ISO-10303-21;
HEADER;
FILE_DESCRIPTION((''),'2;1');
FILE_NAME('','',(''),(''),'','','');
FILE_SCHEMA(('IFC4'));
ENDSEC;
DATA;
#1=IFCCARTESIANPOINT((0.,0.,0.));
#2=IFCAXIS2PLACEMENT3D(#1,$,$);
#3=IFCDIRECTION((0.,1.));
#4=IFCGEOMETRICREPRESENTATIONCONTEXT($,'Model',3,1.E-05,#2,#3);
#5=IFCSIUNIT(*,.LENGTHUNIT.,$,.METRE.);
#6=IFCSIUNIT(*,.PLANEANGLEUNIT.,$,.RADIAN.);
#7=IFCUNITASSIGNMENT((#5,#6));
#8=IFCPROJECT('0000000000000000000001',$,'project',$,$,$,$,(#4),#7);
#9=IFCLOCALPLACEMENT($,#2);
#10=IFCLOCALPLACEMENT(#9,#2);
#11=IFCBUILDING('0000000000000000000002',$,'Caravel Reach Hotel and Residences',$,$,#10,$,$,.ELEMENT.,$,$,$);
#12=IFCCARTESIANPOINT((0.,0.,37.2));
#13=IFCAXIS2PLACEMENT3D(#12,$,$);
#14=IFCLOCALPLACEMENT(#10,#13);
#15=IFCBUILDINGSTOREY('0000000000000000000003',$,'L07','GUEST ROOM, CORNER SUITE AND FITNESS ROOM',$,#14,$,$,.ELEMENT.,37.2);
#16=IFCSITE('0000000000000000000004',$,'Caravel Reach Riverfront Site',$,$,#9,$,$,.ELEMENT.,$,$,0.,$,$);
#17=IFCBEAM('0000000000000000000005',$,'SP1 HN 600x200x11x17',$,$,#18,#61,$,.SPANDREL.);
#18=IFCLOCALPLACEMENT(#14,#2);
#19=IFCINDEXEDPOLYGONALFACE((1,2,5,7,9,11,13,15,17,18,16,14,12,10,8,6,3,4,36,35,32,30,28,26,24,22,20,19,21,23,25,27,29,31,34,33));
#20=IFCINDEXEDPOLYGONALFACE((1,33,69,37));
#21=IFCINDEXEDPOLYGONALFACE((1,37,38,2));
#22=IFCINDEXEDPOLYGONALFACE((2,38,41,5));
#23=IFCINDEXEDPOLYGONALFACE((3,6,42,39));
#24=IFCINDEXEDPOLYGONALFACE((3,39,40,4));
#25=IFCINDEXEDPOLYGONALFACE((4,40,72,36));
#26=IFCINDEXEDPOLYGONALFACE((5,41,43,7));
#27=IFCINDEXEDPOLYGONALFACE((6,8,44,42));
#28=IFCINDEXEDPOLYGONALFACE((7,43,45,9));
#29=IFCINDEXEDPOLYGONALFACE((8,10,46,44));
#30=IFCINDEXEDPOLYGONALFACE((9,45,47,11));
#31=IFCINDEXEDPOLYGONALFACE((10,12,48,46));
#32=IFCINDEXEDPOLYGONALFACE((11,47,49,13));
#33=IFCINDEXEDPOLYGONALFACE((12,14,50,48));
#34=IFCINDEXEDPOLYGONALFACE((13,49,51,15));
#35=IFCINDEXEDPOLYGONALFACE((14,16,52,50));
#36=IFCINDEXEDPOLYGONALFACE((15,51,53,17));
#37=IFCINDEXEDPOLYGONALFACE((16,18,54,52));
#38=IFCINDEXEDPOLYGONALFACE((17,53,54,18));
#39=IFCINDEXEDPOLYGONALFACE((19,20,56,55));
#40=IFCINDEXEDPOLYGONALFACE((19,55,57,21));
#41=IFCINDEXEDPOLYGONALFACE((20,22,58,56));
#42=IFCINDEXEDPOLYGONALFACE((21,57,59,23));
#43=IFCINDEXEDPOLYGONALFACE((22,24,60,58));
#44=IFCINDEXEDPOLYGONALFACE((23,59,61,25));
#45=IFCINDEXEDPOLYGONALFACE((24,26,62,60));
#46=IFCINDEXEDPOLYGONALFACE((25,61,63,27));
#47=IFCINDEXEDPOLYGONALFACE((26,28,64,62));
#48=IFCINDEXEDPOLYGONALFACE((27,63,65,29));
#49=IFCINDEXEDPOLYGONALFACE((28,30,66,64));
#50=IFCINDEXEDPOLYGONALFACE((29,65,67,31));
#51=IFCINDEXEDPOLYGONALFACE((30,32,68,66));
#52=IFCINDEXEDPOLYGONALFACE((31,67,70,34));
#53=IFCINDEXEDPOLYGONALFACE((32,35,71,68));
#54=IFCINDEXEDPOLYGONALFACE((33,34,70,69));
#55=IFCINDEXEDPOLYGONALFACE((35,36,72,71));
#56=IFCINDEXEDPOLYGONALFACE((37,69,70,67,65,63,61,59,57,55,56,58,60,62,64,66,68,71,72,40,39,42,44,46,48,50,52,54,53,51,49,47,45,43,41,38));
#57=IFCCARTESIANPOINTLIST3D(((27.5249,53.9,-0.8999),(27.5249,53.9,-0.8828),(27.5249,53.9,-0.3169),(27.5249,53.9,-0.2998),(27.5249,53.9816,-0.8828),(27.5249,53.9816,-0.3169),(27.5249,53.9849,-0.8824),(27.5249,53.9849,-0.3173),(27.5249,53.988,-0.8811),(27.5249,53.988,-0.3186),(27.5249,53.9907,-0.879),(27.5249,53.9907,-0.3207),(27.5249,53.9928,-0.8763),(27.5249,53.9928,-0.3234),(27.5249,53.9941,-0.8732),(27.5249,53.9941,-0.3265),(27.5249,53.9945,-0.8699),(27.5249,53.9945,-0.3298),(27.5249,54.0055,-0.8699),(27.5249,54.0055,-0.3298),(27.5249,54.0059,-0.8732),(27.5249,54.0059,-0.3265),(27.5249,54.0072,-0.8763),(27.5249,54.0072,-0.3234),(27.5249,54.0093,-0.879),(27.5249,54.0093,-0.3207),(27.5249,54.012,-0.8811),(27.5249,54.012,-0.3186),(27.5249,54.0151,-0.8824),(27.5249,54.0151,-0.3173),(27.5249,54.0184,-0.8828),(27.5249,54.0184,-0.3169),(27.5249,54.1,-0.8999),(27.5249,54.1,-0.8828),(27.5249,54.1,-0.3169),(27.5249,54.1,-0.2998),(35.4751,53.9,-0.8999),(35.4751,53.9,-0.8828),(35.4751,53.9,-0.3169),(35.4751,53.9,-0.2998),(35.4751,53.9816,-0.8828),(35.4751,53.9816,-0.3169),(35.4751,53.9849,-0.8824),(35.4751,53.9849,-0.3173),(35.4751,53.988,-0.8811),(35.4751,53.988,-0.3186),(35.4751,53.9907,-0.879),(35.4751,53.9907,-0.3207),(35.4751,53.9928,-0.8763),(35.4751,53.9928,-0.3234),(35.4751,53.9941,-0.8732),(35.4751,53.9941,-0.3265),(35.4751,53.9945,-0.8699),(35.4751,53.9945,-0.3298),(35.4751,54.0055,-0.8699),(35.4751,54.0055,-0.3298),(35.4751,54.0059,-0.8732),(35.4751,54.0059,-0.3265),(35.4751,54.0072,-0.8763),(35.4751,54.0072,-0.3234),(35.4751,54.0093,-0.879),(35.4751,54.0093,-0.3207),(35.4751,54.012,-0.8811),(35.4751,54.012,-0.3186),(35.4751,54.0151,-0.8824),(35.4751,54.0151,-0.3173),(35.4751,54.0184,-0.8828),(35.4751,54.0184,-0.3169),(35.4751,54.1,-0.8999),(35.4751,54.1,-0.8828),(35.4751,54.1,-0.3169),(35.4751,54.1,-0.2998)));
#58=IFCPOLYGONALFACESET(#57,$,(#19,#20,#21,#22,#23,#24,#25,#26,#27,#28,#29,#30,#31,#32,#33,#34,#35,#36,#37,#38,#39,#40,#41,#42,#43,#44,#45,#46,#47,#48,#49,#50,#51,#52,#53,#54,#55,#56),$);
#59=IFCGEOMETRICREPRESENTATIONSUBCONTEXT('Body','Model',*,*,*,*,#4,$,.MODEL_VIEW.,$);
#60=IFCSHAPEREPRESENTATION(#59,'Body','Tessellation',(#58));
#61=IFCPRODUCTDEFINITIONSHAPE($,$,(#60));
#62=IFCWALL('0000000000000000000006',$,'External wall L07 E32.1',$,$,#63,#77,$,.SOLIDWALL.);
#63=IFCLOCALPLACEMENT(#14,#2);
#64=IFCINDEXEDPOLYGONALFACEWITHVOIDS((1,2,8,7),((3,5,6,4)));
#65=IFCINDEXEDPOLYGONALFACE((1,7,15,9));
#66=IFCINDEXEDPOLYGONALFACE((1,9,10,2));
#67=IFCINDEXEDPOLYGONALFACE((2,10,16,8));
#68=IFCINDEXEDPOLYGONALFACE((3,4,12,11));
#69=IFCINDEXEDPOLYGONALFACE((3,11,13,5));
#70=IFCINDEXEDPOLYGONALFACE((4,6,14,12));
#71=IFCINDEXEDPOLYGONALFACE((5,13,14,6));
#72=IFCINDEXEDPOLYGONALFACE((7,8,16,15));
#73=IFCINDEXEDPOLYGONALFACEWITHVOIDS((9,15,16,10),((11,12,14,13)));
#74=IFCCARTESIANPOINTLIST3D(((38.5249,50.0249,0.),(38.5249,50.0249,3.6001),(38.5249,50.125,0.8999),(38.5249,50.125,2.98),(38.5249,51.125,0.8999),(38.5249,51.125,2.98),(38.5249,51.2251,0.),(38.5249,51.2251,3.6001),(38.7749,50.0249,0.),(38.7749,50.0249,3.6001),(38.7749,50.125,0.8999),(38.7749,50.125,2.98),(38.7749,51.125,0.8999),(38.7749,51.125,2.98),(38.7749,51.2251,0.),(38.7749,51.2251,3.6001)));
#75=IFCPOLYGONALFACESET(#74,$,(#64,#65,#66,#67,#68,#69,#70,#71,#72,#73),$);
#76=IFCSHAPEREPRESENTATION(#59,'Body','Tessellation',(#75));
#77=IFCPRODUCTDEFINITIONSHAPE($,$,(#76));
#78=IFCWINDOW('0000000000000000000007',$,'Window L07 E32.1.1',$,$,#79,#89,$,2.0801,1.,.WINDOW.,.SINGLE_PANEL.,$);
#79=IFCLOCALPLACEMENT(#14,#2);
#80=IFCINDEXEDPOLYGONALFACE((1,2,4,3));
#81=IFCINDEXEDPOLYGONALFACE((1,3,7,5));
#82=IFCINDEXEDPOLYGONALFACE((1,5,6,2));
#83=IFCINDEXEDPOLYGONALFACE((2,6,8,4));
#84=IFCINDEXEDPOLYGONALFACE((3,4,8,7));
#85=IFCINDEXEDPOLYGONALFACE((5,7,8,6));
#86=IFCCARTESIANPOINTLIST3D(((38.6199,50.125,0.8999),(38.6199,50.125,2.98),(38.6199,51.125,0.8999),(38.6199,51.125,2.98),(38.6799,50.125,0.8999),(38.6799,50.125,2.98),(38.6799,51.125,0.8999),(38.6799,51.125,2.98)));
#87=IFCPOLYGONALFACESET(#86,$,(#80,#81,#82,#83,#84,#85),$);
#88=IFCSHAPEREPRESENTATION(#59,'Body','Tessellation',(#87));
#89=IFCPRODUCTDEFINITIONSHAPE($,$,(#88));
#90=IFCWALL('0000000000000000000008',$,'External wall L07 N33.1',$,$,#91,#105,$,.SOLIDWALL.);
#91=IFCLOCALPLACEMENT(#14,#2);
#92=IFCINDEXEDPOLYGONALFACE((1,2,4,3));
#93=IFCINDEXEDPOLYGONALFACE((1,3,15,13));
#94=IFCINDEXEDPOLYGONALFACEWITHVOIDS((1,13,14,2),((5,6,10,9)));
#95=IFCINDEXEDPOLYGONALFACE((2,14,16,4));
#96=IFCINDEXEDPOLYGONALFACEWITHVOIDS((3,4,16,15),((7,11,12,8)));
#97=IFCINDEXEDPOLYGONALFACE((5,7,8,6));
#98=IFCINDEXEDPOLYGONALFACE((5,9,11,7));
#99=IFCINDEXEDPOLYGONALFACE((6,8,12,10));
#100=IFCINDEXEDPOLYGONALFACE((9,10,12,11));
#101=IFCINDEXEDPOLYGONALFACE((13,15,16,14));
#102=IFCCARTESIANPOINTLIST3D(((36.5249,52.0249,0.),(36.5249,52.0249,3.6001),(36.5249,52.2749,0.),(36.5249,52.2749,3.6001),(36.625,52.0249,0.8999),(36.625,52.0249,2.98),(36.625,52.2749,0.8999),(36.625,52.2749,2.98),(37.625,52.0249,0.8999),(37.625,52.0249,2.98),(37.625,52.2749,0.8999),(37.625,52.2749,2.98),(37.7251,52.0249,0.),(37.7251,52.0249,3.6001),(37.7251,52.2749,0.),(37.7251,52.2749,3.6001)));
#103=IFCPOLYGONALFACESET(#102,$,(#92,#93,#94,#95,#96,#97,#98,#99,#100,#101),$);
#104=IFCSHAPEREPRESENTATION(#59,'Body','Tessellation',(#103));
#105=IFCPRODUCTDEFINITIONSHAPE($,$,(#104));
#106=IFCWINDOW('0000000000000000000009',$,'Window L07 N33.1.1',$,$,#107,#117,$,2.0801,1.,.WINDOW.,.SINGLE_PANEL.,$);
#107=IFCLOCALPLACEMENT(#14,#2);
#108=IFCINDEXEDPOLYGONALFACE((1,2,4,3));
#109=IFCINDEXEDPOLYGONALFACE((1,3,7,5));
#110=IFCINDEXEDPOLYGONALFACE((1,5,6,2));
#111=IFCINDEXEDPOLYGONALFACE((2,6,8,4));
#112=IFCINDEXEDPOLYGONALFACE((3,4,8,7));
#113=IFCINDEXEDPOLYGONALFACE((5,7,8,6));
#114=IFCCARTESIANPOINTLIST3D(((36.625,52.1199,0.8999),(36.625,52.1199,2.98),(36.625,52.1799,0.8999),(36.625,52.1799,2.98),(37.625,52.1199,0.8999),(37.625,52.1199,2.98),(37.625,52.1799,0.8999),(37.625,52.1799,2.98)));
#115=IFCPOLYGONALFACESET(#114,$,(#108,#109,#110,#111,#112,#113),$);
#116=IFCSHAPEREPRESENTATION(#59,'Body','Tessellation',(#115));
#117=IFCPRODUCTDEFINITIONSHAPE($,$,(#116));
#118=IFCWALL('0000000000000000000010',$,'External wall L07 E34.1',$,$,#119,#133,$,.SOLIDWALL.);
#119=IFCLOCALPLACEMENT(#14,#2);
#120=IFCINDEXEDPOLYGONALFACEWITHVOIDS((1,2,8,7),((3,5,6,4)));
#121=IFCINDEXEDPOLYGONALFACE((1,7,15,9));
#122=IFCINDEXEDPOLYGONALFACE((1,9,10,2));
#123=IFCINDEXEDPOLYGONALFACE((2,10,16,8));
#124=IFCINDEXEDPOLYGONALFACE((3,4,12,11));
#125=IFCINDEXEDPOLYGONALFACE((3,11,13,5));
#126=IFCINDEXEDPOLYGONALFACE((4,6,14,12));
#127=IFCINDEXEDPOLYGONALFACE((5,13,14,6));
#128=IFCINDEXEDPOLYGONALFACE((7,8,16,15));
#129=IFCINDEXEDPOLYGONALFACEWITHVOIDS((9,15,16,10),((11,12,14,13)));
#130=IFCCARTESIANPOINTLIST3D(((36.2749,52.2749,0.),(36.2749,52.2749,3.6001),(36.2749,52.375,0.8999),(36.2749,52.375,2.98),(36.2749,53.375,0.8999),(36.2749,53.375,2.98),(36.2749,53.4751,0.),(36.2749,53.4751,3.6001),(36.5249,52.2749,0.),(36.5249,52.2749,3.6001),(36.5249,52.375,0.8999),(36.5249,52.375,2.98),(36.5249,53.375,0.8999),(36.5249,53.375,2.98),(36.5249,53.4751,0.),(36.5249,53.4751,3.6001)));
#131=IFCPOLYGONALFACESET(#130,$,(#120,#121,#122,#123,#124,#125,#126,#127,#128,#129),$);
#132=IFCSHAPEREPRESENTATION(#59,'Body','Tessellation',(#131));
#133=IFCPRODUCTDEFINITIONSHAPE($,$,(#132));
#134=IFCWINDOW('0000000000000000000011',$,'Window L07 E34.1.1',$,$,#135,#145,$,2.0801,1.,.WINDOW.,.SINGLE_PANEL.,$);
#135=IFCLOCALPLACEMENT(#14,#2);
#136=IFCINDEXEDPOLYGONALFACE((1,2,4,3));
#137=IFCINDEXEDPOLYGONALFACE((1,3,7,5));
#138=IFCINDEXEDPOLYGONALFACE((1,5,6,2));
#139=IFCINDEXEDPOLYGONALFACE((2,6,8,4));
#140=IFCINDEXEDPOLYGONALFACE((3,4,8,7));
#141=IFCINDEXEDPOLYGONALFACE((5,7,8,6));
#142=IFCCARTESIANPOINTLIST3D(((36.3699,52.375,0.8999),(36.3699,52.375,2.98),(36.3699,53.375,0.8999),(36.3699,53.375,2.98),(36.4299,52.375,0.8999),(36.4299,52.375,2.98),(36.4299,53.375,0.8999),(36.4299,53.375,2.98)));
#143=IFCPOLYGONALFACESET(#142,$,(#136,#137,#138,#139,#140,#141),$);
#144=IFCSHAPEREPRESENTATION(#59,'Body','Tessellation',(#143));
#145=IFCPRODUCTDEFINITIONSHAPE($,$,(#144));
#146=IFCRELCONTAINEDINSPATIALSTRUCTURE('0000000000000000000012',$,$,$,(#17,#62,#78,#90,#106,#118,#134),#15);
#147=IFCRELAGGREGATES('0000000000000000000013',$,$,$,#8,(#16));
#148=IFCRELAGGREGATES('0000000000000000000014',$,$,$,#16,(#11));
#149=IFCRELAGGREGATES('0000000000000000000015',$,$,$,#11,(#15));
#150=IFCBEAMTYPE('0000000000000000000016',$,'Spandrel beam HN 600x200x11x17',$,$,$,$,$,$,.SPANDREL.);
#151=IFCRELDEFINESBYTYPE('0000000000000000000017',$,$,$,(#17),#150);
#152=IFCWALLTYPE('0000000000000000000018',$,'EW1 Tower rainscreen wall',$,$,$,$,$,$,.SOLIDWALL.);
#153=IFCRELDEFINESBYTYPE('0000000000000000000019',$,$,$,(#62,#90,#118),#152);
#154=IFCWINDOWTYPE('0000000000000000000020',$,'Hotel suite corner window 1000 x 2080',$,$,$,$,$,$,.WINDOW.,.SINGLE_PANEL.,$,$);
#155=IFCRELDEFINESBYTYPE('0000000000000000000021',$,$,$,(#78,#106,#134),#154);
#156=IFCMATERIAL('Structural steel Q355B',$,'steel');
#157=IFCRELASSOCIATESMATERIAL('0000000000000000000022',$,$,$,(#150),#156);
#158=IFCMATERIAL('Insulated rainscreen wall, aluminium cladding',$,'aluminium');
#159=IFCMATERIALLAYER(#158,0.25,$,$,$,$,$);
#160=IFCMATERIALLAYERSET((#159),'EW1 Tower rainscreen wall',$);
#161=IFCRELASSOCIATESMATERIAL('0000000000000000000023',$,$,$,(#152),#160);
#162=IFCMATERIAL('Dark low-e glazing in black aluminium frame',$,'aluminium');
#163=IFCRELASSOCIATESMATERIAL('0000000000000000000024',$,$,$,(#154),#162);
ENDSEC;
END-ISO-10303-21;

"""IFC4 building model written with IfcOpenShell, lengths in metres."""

from ifc_helpers import new_model, si_unit, direction, frame, frame_2d, origin, origin_2d, place, context, subcontext, project, spatial, rectangle, i_section, extrude, material, layer, layer_set, material_profile, profile_set, type_object, element, fill, save


model = new_model("IFC4")

# Units and contexts
model_context = context("Model", 3, precision=1e-05, world=origin(), true_north=direction((0.0, 1.0)))
body_context = subcontext(model_context, "Body", "Model", "MODEL_VIEW")
ifc_project = project(units=[si_unit("LENGTHUNIT", "METRE"), si_unit("PLANEANGLEUNIT", "RADIAN")], contexts=[model_context])

# Site, building, storey
site_placement = place(None, origin())
site = spatial("IfcSite", under=ifc_project, at=site_placement, Name="Caravel Reach Riverfront Site", CompositionType="ELEMENT", RefElevation=0.0)
building_placement = place(site_placement, origin())
building = spatial("IfcBuilding", under=site, at=building_placement, Name="Caravel Reach Hotel and Residences", CompositionType="ELEMENT")
storey_placement = place(building_placement, frame((0.0, 0.0, 37.2)))
storey = spatial("IfcBuildingStorey", under=building, at=storey_placement, Name="L07", Description="GUEST ROOM, CORNER SUITE AND FITNESS ROOM", CompositionType="ELEMENT", Elevation=37.2)

# Beam
ifc_material_1 = material(Name="Structural steel Q355B", Category="steel")
ifc_material_profile_1 = material_profile(ifc_material_1, i_section(OverallWidth=0.2, OverallDepth=0.6001, WebThickness=0.011, FlangeThickness=0.0171, FilletRadius=0.0129, at=origin_2d()), Name="HN 600x200x11x17")
ifc_profile_set_1 = profile_set([ifc_material_profile_1], Name="Structural steel Q355B")
beam_type = type_object("IfcBeamType", Name="Spandrel beam HN 600x200x11x17", PredefinedType="SPANDREL", material=ifc_profile_set_1)
beam_placement = place(storey_placement, frame((35.4751, 54.0, -0.5999), z_axis=(-1.0, 0.0, 0.0), x_axis=(0.0, -1.0, 0.0)))
element("IfcBeam", 1, at=beam_placement, inside=storey, type_object=beam_type, Name="SP1 HN 600x200x11x17", PredefinedType="SPANDREL", context=body_context, shape_type="SweptSolid", body=[
    extrude(i_section(OverallWidth=0.2, OverallDepth=0.6001, WebThickness=0.011, FlangeThickness=0.0171, FilletRadius=0.0129, at=origin_2d()), origin(), (0.0, 0.0, 1.0), 7.9502),
])

# Walls, openings, windows
ifc_material_2 = material(Name="Insulated rainscreen wall, aluminium cladding", Category="aluminium")
ifc_layer = layer(ifc_material_2, 0.25)
ifc_layer_set = layer_set([ifc_layer], Name="EW1 Tower rainscreen wall")
wall_type = type_object("IfcWallType", Name="EW1 Tower rainscreen wall", PredefinedType="SOLIDWALL", material=ifc_layer_set)
wall_1_placement = place(storey_placement, frame((38.6499, 50.0249, 0.0), z_axis=(0.0, 0.0, 1.0), x_axis=(0.0, 1.0, 0.0)))
wall_1 = element("IfcWall", 2, at=wall_1_placement, inside=storey, type_object=wall_type, Name="External wall L07 E32.1", PredefinedType="SOLIDWALL", context=body_context, shape_type="SweptSolid", body=[
    extrude(rectangle(XDim=1.2002, YDim=0.25, at=frame_2d((0.6001, 0.0))), origin(), (0.0, 0.0, 1.0), 3.6001),
])
opening_1_placement = place(wall_1_placement, frame((0.1001, 0.0, 0.8999)))
opening_1 = element("IfcOpeningElement", 3, at=opening_1_placement, cuts=wall_1, PredefinedType="OPENING", context=body_context, shape_type="SweptSolid", body=[
    extrude(rectangle(XDim=1.0, YDim=2.0801, at=frame_2d((0.5, 1.04))), frame((0.0, 0.135, 0.0), z_axis=(0.0, -1.0, 0.0), x_axis=(1.0, 0.0, 0.0)), (0.0, 0.0, 1.0), 0.27),
])
ifc_material_3 = material(Name="Dark low-e glazing in black aluminium frame", Category="aluminium")
window_type_1 = type_object("IfcWindowType", Name="Hotel suite corner window 1000 x 2080", PartitioningType="SINGLE_PANEL", PredefinedType="WINDOW", material=ifc_material_3)
window_1_placement = place(opening_1_placement, origin())
window_1 = element("IfcWindow", 4, at=window_1_placement, inside=storey, type_object=window_type_1, Name="Window L07 E32.1.1", OverallHeight=2.0801, OverallWidth=1.0, PartitioningType="SINGLE_PANEL", PredefinedType="WINDOW", context=body_context, shape_type="SweptSolid", body=[
    extrude(rectangle(XDim=1.0, YDim=2.0801, at=frame_2d((0.5, 1.04))), frame((0.0, 0.03, 0.0), z_axis=(0.0, -1.0, 0.0), x_axis=(1.0, 0.0, 0.0)), (0.0, 0.0, 1.0), 0.0601),
])
fill(opening_1, window_1)
wall_2_placement = place(storey_placement, frame((37.7251, 52.1499, 0.0), z_axis=(0.0, 0.0, 1.0), x_axis=(-1.0, 0.0, 0.0)))
wall_2 = element("IfcWall", 5, at=wall_2_placement, inside=storey, type_object=wall_type, Name="External wall L07 N33.1", PredefinedType="SOLIDWALL", context=body_context, shape_type="SweptSolid", body=[
    extrude(rectangle(XDim=1.2002, YDim=0.25, at=frame_2d((0.6001, 0.0))), origin(), (0.0, 0.0, 1.0), 3.6001),
])
opening_2_placement = place(wall_2_placement, frame((0.1001, 0.0, 0.8999)))
opening_2 = element("IfcOpeningElement", 6, at=opening_2_placement, cuts=wall_2, PredefinedType="OPENING", context=body_context, shape_type="SweptSolid", body=[
    extrude(rectangle(XDim=1.0, YDim=2.0801, at=frame_2d((0.5, 1.04))), frame((0.0, 0.135, 0.0), z_axis=(0.0, -1.0, 0.0), x_axis=(1.0, 0.0, 0.0)), (0.0, 0.0, 1.0), 0.27),
])
window_2_placement = place(opening_2_placement, origin())
window_2 = element("IfcWindow", 7, at=window_2_placement, inside=storey, type_object=window_type_1, Name="Window L07 N33.1.1", OverallHeight=2.0801, OverallWidth=1.0, PartitioningType="SINGLE_PANEL", PredefinedType="WINDOW", context=body_context, shape_type="SweptSolid", body=[
    extrude(rectangle(XDim=1.0, YDim=2.0801, at=frame_2d((0.5, 1.04))), frame((0.0, 0.03, 0.0), z_axis=(0.0, -1.0, 0.0), x_axis=(1.0, 0.0, 0.0)), (0.0, 0.0, 1.0), 0.0601),
])
fill(opening_2, window_2)
wall_3_placement = place(storey_placement, frame((36.3999, 52.2749, 0.0), z_axis=(0.0, 0.0, 1.0), x_axis=(0.0, 1.0, 0.0)))
wall_3 = element("IfcWall", 8, at=wall_3_placement, inside=storey, type_object=wall_type, Name="External wall L07 E34.1", PredefinedType="SOLIDWALL", context=body_context, shape_type="SweptSolid", body=[
    extrude(rectangle(XDim=1.2002, YDim=0.25, at=frame_2d((0.6001, 0.0))), origin(), (0.0, 0.0, 1.0), 3.6001),
])
opening_3_placement = place(wall_3_placement, frame((0.1001, 0.0, 0.8999)))
opening_3 = element("IfcOpeningElement", 9, at=opening_3_placement, cuts=wall_3, PredefinedType="OPENING", context=body_context, shape_type="SweptSolid", body=[
    extrude(rectangle(XDim=1.0, YDim=2.0801, at=frame_2d((0.5, 1.04))), frame((0.0, 0.135, 0.0), z_axis=(0.0, -1.0, 0.0), x_axis=(1.0, 0.0, 0.0)), (0.0, 0.0, 1.0), 0.27),
])
window_3_placement = place(opening_3_placement, origin())
window_3 = element("IfcWindow", 10, at=window_3_placement, inside=storey, type_object=window_type_1, Name="Window L07 E34.1.1", OverallHeight=2.0801, OverallWidth=1.0, PartitioningType="SINGLE_PANEL", PredefinedType="WINDOW", context=body_context, shape_type="SweptSolid", body=[
    extrude(rectangle(XDim=1.0, YDim=2.0801, at=frame_2d((0.5, 1.04))), frame((0.0, 0.03, 0.0), z_axis=(0.0, -1.0, 0.0), x_axis=(1.0, 0.0, 0.0)), (0.0, 0.0, 1.0), 0.0601),
])
fill(opening_3, window_3)

save(model, "model.ifc")
